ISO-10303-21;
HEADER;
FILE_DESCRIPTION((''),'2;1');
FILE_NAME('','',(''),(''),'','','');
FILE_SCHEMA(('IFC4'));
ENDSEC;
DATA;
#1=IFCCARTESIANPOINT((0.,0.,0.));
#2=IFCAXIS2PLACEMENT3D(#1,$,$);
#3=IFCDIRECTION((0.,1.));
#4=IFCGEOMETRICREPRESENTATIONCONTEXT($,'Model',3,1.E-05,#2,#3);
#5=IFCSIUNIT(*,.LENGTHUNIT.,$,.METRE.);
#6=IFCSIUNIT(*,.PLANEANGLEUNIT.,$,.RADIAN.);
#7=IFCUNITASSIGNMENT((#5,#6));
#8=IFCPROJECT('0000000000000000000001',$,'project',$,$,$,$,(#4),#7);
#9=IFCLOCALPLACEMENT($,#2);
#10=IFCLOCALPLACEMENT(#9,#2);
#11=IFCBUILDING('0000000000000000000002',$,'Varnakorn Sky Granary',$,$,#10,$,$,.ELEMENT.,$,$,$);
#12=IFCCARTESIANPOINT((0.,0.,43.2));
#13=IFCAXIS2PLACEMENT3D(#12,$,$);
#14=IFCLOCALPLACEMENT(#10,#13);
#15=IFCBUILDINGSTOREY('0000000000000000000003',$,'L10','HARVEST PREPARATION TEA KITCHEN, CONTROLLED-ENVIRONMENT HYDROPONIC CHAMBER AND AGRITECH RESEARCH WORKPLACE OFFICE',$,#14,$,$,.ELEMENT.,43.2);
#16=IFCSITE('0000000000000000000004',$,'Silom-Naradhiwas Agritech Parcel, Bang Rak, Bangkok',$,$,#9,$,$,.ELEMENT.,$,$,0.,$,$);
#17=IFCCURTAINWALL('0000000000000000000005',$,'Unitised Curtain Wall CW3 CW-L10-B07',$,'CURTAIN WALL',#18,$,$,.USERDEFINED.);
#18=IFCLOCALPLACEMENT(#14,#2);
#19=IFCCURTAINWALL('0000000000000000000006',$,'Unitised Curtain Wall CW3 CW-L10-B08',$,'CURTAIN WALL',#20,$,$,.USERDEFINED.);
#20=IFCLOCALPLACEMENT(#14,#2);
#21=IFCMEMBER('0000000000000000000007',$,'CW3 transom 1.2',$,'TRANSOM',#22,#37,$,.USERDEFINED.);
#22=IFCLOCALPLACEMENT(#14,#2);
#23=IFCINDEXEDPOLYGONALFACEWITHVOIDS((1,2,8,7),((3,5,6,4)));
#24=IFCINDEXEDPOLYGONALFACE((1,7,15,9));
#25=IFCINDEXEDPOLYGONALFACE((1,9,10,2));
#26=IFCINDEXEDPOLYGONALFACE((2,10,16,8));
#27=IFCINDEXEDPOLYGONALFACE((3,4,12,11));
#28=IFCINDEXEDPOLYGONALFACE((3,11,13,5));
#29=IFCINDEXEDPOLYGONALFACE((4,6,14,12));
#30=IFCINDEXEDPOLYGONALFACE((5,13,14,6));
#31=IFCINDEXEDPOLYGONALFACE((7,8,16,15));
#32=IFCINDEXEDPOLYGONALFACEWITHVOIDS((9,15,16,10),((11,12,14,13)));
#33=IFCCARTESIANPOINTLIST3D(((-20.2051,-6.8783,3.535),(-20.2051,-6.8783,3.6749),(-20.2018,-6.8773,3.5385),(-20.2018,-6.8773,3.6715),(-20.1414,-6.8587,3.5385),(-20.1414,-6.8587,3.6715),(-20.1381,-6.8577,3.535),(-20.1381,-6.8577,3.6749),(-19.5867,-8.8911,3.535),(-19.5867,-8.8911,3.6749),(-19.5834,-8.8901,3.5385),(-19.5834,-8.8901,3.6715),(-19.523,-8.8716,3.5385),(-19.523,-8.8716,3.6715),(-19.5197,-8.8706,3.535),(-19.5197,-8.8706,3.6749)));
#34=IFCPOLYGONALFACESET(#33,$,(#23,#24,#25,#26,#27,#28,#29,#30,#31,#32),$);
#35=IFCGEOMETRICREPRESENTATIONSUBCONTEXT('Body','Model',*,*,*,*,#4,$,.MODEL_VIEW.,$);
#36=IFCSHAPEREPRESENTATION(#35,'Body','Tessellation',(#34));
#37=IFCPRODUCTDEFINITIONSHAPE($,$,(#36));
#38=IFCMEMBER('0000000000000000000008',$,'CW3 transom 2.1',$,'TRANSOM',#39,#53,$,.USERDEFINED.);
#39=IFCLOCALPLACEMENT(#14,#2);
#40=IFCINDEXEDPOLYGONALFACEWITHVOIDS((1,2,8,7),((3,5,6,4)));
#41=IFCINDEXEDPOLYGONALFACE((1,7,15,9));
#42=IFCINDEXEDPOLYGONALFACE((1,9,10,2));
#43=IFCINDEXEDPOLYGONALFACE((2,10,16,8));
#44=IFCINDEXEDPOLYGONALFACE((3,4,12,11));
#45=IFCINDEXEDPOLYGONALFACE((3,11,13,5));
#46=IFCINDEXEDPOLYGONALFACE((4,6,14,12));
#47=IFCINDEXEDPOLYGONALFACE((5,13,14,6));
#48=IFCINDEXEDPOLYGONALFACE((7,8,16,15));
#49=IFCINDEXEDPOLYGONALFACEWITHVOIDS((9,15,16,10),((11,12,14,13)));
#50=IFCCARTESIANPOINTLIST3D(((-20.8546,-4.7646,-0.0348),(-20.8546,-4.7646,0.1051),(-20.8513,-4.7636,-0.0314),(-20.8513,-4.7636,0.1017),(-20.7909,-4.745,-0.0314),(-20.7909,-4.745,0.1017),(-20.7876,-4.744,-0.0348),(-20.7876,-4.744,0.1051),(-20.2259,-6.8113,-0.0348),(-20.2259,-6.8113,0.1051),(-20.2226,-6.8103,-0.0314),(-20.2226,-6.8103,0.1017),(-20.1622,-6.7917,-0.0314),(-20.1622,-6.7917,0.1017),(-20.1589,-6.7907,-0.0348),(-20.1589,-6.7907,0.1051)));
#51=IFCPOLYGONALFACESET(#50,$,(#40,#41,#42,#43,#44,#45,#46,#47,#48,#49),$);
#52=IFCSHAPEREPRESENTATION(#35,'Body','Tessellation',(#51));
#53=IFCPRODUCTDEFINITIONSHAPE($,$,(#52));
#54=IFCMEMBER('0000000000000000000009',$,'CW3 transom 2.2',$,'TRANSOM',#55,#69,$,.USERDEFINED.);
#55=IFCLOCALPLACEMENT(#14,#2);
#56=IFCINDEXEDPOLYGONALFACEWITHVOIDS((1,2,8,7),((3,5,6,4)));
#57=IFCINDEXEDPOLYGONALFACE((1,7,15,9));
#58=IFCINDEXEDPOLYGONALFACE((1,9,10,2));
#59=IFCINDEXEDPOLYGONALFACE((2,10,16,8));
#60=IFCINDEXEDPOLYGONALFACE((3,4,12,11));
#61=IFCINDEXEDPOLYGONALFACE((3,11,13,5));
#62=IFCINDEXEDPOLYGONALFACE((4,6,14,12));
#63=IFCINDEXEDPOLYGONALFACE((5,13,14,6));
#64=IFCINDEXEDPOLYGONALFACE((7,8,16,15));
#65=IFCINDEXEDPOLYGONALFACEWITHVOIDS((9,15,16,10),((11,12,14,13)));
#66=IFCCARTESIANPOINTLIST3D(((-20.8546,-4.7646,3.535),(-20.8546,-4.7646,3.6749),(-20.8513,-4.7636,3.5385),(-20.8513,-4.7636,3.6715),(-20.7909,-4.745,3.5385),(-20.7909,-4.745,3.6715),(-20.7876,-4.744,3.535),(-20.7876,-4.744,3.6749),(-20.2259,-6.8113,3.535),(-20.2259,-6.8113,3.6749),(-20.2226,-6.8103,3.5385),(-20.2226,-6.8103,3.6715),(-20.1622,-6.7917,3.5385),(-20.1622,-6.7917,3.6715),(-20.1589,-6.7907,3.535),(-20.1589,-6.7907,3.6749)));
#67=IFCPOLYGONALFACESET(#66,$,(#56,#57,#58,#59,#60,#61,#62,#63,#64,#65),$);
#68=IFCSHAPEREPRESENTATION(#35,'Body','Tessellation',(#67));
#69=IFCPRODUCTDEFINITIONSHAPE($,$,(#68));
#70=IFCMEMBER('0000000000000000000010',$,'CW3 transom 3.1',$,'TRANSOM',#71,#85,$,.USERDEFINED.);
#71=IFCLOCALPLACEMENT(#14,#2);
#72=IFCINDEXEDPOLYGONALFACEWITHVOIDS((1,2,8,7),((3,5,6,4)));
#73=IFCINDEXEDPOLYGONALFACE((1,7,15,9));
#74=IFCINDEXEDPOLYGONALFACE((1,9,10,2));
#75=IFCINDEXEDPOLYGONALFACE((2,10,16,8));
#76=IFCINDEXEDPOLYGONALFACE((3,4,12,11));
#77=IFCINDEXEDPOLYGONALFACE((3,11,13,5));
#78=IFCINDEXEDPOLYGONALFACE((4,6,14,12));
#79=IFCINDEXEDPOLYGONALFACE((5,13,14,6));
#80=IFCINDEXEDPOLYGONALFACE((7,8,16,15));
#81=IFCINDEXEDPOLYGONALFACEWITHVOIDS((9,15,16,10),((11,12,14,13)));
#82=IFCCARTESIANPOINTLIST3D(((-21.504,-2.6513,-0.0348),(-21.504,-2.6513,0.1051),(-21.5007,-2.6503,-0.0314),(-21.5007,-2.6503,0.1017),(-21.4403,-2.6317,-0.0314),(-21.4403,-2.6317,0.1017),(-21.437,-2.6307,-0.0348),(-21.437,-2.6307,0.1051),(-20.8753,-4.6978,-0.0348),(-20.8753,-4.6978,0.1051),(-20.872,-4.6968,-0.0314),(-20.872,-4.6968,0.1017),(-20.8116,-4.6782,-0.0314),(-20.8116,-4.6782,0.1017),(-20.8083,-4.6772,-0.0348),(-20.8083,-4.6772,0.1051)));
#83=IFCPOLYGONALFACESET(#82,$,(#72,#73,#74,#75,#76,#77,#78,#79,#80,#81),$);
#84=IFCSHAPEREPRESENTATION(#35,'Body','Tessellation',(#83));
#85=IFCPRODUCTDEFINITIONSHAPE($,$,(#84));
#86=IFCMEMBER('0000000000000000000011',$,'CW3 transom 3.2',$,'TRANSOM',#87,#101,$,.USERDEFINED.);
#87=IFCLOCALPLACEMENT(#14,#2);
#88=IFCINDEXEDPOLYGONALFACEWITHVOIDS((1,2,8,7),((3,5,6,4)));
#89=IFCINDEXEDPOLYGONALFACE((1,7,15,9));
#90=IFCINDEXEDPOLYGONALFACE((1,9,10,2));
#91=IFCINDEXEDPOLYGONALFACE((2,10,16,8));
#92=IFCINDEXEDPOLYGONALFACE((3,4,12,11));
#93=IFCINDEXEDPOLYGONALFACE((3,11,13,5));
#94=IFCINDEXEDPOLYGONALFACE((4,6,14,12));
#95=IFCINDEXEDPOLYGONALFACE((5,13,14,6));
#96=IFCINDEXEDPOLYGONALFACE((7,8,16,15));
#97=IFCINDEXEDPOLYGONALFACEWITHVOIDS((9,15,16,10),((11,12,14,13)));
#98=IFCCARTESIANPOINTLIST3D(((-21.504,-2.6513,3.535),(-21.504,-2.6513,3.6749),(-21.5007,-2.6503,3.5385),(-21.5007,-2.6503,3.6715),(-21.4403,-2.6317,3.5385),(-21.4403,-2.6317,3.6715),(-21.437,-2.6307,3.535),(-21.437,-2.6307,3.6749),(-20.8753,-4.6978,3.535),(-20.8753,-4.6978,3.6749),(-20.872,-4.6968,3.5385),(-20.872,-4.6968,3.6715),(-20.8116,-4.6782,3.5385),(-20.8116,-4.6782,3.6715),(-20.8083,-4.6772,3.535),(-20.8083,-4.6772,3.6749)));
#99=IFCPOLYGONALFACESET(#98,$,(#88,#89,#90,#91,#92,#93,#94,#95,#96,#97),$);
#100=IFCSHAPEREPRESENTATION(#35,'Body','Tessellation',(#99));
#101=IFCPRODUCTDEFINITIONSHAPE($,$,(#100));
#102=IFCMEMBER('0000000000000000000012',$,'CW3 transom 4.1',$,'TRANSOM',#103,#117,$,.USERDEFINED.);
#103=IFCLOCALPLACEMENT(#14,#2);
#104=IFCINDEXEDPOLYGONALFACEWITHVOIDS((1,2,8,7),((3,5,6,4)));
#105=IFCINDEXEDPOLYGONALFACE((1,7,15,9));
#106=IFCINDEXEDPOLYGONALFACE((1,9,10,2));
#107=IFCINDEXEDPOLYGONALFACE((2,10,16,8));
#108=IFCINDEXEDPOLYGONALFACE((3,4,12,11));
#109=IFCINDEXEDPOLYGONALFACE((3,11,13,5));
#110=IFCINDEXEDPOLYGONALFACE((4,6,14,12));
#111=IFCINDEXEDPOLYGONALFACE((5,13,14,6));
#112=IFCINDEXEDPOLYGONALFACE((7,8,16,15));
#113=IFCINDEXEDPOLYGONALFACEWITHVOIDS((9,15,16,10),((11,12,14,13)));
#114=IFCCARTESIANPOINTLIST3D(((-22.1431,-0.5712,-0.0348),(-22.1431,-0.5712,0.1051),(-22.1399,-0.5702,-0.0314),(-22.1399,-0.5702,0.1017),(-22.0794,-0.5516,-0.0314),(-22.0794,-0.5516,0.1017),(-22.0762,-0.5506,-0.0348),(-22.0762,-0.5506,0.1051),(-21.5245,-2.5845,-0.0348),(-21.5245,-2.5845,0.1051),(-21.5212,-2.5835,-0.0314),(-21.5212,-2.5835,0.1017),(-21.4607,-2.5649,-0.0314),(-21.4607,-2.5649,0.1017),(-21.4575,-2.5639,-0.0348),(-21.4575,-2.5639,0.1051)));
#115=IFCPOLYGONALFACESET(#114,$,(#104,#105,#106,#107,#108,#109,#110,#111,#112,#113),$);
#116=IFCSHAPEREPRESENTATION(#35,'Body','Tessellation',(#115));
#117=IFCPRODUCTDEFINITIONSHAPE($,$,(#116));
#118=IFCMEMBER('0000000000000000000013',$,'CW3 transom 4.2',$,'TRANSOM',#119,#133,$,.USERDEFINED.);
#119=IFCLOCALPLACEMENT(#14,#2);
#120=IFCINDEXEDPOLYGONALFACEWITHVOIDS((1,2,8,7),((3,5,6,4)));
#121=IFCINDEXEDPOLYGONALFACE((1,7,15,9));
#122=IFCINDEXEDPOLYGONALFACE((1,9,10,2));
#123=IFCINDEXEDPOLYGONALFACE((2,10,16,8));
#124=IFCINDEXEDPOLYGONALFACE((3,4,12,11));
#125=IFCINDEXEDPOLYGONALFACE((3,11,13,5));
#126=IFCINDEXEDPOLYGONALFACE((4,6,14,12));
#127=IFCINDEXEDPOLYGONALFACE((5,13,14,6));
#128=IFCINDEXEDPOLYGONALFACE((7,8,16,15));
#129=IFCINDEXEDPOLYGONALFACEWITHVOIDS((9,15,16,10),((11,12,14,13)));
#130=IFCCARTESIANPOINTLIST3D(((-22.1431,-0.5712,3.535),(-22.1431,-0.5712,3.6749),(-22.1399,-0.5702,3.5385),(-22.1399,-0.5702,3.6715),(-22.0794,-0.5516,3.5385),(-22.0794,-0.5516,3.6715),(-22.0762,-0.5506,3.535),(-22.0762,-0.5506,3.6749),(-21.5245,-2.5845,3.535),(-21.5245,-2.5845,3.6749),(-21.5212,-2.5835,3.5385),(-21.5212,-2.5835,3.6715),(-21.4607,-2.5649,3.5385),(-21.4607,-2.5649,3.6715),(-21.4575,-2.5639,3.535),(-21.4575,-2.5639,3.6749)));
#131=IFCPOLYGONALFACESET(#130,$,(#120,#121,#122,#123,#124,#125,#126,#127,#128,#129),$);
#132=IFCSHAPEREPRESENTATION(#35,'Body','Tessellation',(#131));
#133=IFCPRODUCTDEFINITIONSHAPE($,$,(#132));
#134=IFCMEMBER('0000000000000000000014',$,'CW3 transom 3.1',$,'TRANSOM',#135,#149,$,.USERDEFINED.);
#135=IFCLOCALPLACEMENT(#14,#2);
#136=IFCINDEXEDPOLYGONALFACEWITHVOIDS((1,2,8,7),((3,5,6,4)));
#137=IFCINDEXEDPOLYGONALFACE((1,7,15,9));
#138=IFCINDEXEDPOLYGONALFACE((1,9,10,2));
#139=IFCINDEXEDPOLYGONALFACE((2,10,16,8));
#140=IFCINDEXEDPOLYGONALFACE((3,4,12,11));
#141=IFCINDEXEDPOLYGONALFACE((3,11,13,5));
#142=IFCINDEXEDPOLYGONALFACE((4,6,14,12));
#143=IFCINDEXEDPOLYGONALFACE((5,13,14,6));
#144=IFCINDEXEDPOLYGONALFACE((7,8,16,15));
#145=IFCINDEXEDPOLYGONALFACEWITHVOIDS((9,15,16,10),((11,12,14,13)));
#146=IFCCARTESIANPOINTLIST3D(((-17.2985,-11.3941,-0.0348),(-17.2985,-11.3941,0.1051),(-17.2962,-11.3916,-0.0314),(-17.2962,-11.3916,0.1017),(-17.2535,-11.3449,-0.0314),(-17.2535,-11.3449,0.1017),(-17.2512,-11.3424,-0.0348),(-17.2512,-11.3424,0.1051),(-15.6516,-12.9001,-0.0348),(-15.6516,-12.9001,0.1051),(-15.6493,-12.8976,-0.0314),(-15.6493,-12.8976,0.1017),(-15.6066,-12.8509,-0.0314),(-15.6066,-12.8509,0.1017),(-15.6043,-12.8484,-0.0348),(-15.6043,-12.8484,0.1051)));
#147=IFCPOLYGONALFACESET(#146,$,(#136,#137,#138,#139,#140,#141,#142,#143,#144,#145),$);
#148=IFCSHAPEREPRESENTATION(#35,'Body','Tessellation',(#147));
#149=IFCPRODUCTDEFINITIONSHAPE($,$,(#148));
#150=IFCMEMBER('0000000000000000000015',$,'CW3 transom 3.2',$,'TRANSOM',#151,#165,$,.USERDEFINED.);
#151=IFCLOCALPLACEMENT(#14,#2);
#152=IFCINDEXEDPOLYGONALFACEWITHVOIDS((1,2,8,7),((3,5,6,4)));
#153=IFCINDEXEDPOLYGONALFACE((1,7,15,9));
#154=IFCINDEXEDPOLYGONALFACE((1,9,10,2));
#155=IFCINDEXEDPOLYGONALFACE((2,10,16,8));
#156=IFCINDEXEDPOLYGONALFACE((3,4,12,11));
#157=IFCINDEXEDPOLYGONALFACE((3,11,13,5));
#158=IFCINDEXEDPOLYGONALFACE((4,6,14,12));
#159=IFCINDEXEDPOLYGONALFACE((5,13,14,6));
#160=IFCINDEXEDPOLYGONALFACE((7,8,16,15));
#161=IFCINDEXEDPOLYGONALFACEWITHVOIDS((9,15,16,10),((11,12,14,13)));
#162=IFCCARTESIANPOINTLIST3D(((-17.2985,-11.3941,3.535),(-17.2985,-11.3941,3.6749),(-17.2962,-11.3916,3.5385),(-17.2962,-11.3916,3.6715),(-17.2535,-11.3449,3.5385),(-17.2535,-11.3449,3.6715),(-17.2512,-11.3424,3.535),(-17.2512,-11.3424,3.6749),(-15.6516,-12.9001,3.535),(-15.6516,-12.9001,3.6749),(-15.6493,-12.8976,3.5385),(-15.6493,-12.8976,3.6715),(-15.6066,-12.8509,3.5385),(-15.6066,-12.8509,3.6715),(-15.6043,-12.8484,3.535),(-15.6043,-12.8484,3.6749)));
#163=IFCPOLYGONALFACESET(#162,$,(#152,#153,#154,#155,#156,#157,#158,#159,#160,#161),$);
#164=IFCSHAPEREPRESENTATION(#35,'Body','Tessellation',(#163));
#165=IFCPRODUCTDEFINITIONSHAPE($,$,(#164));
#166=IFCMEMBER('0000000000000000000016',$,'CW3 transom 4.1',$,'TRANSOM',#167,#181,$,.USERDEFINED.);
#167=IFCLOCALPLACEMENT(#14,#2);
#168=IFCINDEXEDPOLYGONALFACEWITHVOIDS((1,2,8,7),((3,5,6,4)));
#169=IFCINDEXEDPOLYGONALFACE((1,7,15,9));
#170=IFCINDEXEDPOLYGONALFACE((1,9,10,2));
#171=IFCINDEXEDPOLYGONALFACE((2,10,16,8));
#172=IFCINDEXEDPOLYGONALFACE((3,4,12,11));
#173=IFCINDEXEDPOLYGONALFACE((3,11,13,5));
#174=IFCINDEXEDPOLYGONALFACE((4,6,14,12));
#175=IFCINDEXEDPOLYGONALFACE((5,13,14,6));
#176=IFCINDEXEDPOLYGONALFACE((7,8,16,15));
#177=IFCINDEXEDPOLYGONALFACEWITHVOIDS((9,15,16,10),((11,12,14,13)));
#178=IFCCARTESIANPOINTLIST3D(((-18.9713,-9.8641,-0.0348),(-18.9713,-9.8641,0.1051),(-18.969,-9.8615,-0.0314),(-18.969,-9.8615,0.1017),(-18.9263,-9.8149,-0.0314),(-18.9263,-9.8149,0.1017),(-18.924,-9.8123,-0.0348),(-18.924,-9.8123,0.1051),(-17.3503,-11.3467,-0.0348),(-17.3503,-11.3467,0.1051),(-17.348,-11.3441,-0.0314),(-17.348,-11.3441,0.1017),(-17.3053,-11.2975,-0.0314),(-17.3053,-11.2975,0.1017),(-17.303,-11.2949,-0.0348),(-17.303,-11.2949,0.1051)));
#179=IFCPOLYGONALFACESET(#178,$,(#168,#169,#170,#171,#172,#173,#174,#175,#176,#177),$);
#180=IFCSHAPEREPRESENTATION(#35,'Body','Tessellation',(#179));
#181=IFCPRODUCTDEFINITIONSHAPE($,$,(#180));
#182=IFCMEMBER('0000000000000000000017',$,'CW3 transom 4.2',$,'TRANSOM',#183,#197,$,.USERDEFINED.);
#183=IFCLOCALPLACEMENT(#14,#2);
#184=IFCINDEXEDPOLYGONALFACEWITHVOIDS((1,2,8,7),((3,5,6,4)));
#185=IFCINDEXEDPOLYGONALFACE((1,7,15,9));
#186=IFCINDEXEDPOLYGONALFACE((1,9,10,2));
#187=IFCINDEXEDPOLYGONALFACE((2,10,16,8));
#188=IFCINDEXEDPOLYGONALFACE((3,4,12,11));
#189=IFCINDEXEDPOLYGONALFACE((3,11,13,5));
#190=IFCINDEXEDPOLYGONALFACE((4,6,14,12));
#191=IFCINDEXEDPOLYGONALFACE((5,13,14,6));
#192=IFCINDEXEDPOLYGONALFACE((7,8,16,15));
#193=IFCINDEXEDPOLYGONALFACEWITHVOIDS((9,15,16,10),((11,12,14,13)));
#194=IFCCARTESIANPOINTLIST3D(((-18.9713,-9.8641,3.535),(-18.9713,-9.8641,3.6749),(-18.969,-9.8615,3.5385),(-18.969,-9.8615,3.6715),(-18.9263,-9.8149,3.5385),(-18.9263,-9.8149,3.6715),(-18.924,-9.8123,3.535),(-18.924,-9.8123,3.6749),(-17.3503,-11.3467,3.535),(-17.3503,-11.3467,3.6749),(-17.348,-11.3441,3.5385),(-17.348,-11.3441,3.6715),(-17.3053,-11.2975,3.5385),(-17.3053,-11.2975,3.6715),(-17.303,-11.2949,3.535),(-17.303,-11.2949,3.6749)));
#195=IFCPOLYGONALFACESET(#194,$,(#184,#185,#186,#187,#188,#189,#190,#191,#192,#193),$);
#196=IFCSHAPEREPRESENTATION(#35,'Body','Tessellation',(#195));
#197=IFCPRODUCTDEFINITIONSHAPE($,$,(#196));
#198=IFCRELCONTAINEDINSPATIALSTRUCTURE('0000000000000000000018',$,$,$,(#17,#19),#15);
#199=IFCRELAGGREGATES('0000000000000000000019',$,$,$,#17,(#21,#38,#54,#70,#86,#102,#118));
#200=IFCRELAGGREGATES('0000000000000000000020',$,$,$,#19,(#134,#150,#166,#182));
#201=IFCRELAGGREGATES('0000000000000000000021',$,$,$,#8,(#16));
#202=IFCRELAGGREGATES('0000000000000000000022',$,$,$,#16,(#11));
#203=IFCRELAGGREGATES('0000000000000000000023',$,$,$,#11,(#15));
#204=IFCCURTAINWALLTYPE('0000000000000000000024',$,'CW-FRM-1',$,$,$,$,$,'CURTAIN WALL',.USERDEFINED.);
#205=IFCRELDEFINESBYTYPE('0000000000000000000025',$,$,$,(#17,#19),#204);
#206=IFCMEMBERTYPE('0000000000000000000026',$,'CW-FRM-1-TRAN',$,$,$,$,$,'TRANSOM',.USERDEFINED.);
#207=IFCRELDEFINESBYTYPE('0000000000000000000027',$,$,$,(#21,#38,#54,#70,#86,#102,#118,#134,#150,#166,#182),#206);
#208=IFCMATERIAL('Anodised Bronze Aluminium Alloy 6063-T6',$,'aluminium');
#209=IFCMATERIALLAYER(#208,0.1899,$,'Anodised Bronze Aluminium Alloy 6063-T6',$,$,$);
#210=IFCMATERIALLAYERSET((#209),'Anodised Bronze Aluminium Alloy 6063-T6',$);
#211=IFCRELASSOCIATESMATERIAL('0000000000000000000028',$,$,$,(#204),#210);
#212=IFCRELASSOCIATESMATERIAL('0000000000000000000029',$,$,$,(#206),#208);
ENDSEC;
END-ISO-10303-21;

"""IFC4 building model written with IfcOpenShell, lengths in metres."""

from ifc_helpers import new_model, si_unit, direction, frame, origin, origin_2d, place, context, subcontext, project, spatial, hollow_rectangle, extrude, material, layer, layer_set, material_profile, profile_set, type_object, element, aggregate, save


model = new_model("IFC4")

# Units and contexts
model_context = context("Model", 3, precision=1e-05, world=origin(), true_north=direction((0.0, 1.0)))
body_context = subcontext(model_context, "Body", "Model", "MODEL_VIEW")
ifc_project = project(units=[si_unit("LENGTHUNIT", "METRE"), si_unit("PLANEANGLEUNIT", "RADIAN")], contexts=[model_context])

# Site, building, storey
site_placement = place(None, origin())
site = spatial("IfcSite", under=ifc_project, at=site_placement, Name="Silom-Naradhiwas Agritech Parcel, Bang Rak, Bangkok", CompositionType="ELEMENT", RefElevation=0.0)
building_placement = place(site_placement, origin())
building = spatial("IfcBuilding", under=site, at=building_placement, Name="Varnakorn Sky Granary", CompositionType="ELEMENT")
storey_placement = place(building_placement, frame((0.0, 0.0, 43.2)))
storey = spatial("IfcBuildingStorey", under=building, at=storey_placement, Name="L10", Description="HARVEST PREPARATION TEA KITCHEN, CONTROLLED-ENVIRONMENT HYDROPONIC CHAMBER AND AGRITECH RESEARCH WORKPLACE OFFICE", CompositionType="ELEMENT", Elevation=43.2)

# Curtain walls
ifc_material_1 = material(Name="Anodised Bronze Aluminium Alloy 6063-T6", Category="aluminium")
ifc_layer_1 = layer(ifc_material_1, 0.1899, Name="Anodised Bronze Aluminium Alloy 6063-T6")
ifc_layer_set_1 = layer_set([ifc_layer_1], Name="Anodised Bronze Aluminium Alloy 6063-T6")
curtain_wall_type = type_object("IfcCurtainWallType", Name="CW-FRM-1", ElementType="CURTAIN WALL", PredefinedType="USERDEFINED", material=ifc_layer_set_1)
curtain_wall_1_placement = place(storey_placement, origin())
curtain_wall_1 = element("IfcCurtainWall", 1, at=curtain_wall_1_placement, inside=storey, type_object=curtain_wall_type, Name="Unitised Curtain Wall CW3 CW-L10-B07", ObjectType="CURTAIN WALL", PredefinedType="USERDEFINED")
curtain_wall_2_placement = place(storey_placement, origin())
curtain_wall_2 = element("IfcCurtainWall", 2, at=curtain_wall_2_placement, inside=storey, type_object=curtain_wall_type, Name="Unitised Curtain Wall CW3 CW-L10-B08", ObjectType="CURTAIN WALL", PredefinedType="USERDEFINED")

# Members
ifc_material_profile_1 = material_profile(ifc_material_1, hollow_rectangle(XDim=0.0701, YDim=0.1399, WallThickness=0.0034, at=origin_2d()), Name="ALU TRAN 70x140")
ifc_profile_set_1 = profile_set([ifc_material_profile_1], Name="Anodised Bronze Aluminium Alloy 6063-T6")
member_type_1 = type_object("IfcMemberType", Name="CW-FRM-1-TRAN", ElementType="TRANSOM", PredefinedType="USERDEFINED", material=ifc_profile_set_1)
member_1_placement = place(storey_placement, frame((-19.5532, -8.8809, 3.605), z_axis=(-0.29367, 0.955907, 0.0), x_axis=(-0.955907, -0.29367, 0.0)))
member_1 = element("IfcMember", 3, at=member_1_placement, type_object=member_type_1, Name="CW3 transom 1.2", ObjectType="TRANSOM", PredefinedType="USERDEFINED", context=body_context, shape_type="SweptSolid", body=[
    extrude(hollow_rectangle(XDim=0.0701, YDim=0.1399, WallThickness=0.0034, at=origin_2d()), origin(), (0.0, 0.0, 1.0), 2.1057),
])
member_2_placement = place(storey_placement, frame((-20.1924, -6.801, 0.0352), z_axis=(-0.293629, 0.955919, 0.0), x_axis=(-0.955919, -0.293629, 0.0)))
member_2 = element("IfcMember", 4, at=member_2_placement, type_object=member_type_1, Name="CW3 transom 2.1", ObjectType="TRANSOM", PredefinedType="USERDEFINED", context=body_context, shape_type="SweptSolid", body=[
    extrude(hollow_rectangle(XDim=0.0701, YDim=0.1399, WallThickness=0.0034, at=origin_2d()), origin(), (0.0, 0.0, 1.0), 2.1411),
])
member_3_placement = place(storey_placement, frame((-20.1924, -6.801, 3.605), z_axis=(-0.293629, 0.955919, 0.0), x_axis=(-0.955919, -0.293629, 0.0)))
member_3 = element("IfcMember", 5, at=member_3_placement, type_object=member_type_1, Name="CW3 transom 2.2", ObjectType="TRANSOM", PredefinedType="USERDEFINED", context=body_context, shape_type="SweptSolid", body=[
    extrude(hollow_rectangle(XDim=0.0701, YDim=0.1399, WallThickness=0.0034, at=origin_2d()), origin(), (0.0, 0.0, 1.0), 2.1411),
])
member_4_placement = place(storey_placement, frame((-20.8418, -4.6875, 0.0352), z_axis=(-0.293661, 0.95591, 0.0), x_axis=(-0.95591, -0.293661, 0.0)))
member_4 = element("IfcMember", 6, at=member_4_placement, type_object=member_type_1, Name="CW3 transom 3.1", ObjectType="TRANSOM", PredefinedType="USERDEFINED", context=body_context, shape_type="SweptSolid", body=[
    extrude(hollow_rectangle(XDim=0.0701, YDim=0.1399, WallThickness=0.0034, at=origin_2d()), origin(), (0.0, 0.0, 1.0), 2.1409),
])
member_5_placement = place(storey_placement, frame((-20.8418, -4.6875, 3.605), z_axis=(-0.293661, 0.95591, 0.0), x_axis=(-0.95591, -0.293661, 0.0)))
member_5 = element("IfcMember", 7, at=member_5_placement, type_object=member_type_1, Name="CW3 transom 3.2", ObjectType="TRANSOM", PredefinedType="USERDEFINED", context=body_context, shape_type="SweptSolid", body=[
    extrude(hollow_rectangle(XDim=0.0701, YDim=0.1399, WallThickness=0.0034, at=origin_2d()), origin(), (0.0, 0.0, 1.0), 2.1409),
])
member_6_placement = place(storey_placement, frame((-21.491, -2.5742, 0.0352), z_axis=(-0.293744, 0.955884, 0.0), x_axis=(-0.955884, -0.293744, 0.0)))
member_6 = element("IfcMember", 8, at=member_6_placement, type_object=member_type_1, Name="CW3 transom 4.1", ObjectType="TRANSOM", PredefinedType="USERDEFINED", context=body_context, shape_type="SweptSolid", body=[
    extrude(hollow_rectangle(XDim=0.0701, YDim=0.1399, WallThickness=0.0034, at=origin_2d()), origin(), (0.0, 0.0, 1.0), 2.1062),
])
member_7_placement = place(storey_placement, frame((-21.491, -2.5742, 3.605), z_axis=(-0.293744, 0.955884, 0.0), x_axis=(-0.955884, -0.293744, 0.0)))
member_7 = element("IfcMember", 9, at=member_7_placement, type_object=member_type_1, Name="CW3 transom 4.2", ObjectType="TRANSOM", PredefinedType="USERDEFINED", context=body_context, shape_type="SweptSolid", body=[
    extrude(hollow_rectangle(XDim=0.0701, YDim=0.1399, WallThickness=0.0034, at=origin_2d()), origin(), (0.0, 0.0, 1.0), 2.1062),
])
member_8_placement = place(storey_placement, frame((-15.6279, -12.8743, 0.0352), z_axis=(-0.737962, 0.674842, 0.0), x_axis=(-0.674842, -0.737962, 0.0)))
member_8 = element("IfcMember", 10, at=member_8_placement, type_object=member_type_1, Name="CW3 transom 3.1", ObjectType="TRANSOM", PredefinedType="USERDEFINED", context=body_context, shape_type="SweptSolid", body=[
    extrude(hollow_rectangle(XDim=0.0701, YDim=0.1399, WallThickness=0.0034, at=origin_2d()), origin(), (0.0, 0.0, 1.0), 2.2317),
])
member_9_placement = place(storey_placement, frame((-15.6279, -12.8743, 3.605), z_axis=(-0.737962, 0.674842, 0.0), x_axis=(-0.674842, -0.737962, 0.0)))
member_9 = element("IfcMember", 11, at=member_9_placement, type_object=member_type_1, Name="CW3 transom 3.2", ObjectType="TRANSOM", PredefinedType="USERDEFINED", context=body_context, shape_type="SweptSolid", body=[
    extrude(hollow_rectangle(XDim=0.0701, YDim=0.1399, WallThickness=0.0034, at=origin_2d()), origin(), (0.0, 0.0, 1.0), 2.2317),
])
member_10_placement = place(storey_placement, frame((-17.3267, -11.3208, 0.0352), z_axis=(-0.73791, 0.674899, 0.0), x_axis=(-0.674899, -0.73791, 0.0)))
member_10 = element("IfcMember", 12, at=member_10_placement, type_object=member_type_1, Name="CW3 transom 4.1", ObjectType="TRANSOM", PredefinedType="USERDEFINED", context=body_context, shape_type="SweptSolid", body=[
    extrude(hollow_rectangle(XDim=0.0701, YDim=0.1399, WallThickness=0.0034, at=origin_2d()), origin(), (0.0, 0.0, 1.0), 2.1968),
])
member_11_placement = place(storey_placement, frame((-17.3267, -11.3208, 3.605), z_axis=(-0.73791, 0.674899, 0.0), x_axis=(-0.674899, -0.73791, 0.0)))
member_11 = element("IfcMember", 13, at=member_11_placement, type_object=member_type_1, Name="CW3 transom 4.2", ObjectType="TRANSOM", PredefinedType="USERDEFINED", context=body_context, shape_type="SweptSolid", body=[
    extrude(hollow_rectangle(XDim=0.0701, YDim=0.1399, WallThickness=0.0034, at=origin_2d()), origin(), (0.0, 0.0, 1.0), 2.1968),
])

aggregate(curtain_wall_1, [member_1, member_2, member_3, member_4, member_5, member_6, member_7])
aggregate(curtain_wall_2, [member_8, member_9, member_10, member_11])

save(model, "model.ifc")
